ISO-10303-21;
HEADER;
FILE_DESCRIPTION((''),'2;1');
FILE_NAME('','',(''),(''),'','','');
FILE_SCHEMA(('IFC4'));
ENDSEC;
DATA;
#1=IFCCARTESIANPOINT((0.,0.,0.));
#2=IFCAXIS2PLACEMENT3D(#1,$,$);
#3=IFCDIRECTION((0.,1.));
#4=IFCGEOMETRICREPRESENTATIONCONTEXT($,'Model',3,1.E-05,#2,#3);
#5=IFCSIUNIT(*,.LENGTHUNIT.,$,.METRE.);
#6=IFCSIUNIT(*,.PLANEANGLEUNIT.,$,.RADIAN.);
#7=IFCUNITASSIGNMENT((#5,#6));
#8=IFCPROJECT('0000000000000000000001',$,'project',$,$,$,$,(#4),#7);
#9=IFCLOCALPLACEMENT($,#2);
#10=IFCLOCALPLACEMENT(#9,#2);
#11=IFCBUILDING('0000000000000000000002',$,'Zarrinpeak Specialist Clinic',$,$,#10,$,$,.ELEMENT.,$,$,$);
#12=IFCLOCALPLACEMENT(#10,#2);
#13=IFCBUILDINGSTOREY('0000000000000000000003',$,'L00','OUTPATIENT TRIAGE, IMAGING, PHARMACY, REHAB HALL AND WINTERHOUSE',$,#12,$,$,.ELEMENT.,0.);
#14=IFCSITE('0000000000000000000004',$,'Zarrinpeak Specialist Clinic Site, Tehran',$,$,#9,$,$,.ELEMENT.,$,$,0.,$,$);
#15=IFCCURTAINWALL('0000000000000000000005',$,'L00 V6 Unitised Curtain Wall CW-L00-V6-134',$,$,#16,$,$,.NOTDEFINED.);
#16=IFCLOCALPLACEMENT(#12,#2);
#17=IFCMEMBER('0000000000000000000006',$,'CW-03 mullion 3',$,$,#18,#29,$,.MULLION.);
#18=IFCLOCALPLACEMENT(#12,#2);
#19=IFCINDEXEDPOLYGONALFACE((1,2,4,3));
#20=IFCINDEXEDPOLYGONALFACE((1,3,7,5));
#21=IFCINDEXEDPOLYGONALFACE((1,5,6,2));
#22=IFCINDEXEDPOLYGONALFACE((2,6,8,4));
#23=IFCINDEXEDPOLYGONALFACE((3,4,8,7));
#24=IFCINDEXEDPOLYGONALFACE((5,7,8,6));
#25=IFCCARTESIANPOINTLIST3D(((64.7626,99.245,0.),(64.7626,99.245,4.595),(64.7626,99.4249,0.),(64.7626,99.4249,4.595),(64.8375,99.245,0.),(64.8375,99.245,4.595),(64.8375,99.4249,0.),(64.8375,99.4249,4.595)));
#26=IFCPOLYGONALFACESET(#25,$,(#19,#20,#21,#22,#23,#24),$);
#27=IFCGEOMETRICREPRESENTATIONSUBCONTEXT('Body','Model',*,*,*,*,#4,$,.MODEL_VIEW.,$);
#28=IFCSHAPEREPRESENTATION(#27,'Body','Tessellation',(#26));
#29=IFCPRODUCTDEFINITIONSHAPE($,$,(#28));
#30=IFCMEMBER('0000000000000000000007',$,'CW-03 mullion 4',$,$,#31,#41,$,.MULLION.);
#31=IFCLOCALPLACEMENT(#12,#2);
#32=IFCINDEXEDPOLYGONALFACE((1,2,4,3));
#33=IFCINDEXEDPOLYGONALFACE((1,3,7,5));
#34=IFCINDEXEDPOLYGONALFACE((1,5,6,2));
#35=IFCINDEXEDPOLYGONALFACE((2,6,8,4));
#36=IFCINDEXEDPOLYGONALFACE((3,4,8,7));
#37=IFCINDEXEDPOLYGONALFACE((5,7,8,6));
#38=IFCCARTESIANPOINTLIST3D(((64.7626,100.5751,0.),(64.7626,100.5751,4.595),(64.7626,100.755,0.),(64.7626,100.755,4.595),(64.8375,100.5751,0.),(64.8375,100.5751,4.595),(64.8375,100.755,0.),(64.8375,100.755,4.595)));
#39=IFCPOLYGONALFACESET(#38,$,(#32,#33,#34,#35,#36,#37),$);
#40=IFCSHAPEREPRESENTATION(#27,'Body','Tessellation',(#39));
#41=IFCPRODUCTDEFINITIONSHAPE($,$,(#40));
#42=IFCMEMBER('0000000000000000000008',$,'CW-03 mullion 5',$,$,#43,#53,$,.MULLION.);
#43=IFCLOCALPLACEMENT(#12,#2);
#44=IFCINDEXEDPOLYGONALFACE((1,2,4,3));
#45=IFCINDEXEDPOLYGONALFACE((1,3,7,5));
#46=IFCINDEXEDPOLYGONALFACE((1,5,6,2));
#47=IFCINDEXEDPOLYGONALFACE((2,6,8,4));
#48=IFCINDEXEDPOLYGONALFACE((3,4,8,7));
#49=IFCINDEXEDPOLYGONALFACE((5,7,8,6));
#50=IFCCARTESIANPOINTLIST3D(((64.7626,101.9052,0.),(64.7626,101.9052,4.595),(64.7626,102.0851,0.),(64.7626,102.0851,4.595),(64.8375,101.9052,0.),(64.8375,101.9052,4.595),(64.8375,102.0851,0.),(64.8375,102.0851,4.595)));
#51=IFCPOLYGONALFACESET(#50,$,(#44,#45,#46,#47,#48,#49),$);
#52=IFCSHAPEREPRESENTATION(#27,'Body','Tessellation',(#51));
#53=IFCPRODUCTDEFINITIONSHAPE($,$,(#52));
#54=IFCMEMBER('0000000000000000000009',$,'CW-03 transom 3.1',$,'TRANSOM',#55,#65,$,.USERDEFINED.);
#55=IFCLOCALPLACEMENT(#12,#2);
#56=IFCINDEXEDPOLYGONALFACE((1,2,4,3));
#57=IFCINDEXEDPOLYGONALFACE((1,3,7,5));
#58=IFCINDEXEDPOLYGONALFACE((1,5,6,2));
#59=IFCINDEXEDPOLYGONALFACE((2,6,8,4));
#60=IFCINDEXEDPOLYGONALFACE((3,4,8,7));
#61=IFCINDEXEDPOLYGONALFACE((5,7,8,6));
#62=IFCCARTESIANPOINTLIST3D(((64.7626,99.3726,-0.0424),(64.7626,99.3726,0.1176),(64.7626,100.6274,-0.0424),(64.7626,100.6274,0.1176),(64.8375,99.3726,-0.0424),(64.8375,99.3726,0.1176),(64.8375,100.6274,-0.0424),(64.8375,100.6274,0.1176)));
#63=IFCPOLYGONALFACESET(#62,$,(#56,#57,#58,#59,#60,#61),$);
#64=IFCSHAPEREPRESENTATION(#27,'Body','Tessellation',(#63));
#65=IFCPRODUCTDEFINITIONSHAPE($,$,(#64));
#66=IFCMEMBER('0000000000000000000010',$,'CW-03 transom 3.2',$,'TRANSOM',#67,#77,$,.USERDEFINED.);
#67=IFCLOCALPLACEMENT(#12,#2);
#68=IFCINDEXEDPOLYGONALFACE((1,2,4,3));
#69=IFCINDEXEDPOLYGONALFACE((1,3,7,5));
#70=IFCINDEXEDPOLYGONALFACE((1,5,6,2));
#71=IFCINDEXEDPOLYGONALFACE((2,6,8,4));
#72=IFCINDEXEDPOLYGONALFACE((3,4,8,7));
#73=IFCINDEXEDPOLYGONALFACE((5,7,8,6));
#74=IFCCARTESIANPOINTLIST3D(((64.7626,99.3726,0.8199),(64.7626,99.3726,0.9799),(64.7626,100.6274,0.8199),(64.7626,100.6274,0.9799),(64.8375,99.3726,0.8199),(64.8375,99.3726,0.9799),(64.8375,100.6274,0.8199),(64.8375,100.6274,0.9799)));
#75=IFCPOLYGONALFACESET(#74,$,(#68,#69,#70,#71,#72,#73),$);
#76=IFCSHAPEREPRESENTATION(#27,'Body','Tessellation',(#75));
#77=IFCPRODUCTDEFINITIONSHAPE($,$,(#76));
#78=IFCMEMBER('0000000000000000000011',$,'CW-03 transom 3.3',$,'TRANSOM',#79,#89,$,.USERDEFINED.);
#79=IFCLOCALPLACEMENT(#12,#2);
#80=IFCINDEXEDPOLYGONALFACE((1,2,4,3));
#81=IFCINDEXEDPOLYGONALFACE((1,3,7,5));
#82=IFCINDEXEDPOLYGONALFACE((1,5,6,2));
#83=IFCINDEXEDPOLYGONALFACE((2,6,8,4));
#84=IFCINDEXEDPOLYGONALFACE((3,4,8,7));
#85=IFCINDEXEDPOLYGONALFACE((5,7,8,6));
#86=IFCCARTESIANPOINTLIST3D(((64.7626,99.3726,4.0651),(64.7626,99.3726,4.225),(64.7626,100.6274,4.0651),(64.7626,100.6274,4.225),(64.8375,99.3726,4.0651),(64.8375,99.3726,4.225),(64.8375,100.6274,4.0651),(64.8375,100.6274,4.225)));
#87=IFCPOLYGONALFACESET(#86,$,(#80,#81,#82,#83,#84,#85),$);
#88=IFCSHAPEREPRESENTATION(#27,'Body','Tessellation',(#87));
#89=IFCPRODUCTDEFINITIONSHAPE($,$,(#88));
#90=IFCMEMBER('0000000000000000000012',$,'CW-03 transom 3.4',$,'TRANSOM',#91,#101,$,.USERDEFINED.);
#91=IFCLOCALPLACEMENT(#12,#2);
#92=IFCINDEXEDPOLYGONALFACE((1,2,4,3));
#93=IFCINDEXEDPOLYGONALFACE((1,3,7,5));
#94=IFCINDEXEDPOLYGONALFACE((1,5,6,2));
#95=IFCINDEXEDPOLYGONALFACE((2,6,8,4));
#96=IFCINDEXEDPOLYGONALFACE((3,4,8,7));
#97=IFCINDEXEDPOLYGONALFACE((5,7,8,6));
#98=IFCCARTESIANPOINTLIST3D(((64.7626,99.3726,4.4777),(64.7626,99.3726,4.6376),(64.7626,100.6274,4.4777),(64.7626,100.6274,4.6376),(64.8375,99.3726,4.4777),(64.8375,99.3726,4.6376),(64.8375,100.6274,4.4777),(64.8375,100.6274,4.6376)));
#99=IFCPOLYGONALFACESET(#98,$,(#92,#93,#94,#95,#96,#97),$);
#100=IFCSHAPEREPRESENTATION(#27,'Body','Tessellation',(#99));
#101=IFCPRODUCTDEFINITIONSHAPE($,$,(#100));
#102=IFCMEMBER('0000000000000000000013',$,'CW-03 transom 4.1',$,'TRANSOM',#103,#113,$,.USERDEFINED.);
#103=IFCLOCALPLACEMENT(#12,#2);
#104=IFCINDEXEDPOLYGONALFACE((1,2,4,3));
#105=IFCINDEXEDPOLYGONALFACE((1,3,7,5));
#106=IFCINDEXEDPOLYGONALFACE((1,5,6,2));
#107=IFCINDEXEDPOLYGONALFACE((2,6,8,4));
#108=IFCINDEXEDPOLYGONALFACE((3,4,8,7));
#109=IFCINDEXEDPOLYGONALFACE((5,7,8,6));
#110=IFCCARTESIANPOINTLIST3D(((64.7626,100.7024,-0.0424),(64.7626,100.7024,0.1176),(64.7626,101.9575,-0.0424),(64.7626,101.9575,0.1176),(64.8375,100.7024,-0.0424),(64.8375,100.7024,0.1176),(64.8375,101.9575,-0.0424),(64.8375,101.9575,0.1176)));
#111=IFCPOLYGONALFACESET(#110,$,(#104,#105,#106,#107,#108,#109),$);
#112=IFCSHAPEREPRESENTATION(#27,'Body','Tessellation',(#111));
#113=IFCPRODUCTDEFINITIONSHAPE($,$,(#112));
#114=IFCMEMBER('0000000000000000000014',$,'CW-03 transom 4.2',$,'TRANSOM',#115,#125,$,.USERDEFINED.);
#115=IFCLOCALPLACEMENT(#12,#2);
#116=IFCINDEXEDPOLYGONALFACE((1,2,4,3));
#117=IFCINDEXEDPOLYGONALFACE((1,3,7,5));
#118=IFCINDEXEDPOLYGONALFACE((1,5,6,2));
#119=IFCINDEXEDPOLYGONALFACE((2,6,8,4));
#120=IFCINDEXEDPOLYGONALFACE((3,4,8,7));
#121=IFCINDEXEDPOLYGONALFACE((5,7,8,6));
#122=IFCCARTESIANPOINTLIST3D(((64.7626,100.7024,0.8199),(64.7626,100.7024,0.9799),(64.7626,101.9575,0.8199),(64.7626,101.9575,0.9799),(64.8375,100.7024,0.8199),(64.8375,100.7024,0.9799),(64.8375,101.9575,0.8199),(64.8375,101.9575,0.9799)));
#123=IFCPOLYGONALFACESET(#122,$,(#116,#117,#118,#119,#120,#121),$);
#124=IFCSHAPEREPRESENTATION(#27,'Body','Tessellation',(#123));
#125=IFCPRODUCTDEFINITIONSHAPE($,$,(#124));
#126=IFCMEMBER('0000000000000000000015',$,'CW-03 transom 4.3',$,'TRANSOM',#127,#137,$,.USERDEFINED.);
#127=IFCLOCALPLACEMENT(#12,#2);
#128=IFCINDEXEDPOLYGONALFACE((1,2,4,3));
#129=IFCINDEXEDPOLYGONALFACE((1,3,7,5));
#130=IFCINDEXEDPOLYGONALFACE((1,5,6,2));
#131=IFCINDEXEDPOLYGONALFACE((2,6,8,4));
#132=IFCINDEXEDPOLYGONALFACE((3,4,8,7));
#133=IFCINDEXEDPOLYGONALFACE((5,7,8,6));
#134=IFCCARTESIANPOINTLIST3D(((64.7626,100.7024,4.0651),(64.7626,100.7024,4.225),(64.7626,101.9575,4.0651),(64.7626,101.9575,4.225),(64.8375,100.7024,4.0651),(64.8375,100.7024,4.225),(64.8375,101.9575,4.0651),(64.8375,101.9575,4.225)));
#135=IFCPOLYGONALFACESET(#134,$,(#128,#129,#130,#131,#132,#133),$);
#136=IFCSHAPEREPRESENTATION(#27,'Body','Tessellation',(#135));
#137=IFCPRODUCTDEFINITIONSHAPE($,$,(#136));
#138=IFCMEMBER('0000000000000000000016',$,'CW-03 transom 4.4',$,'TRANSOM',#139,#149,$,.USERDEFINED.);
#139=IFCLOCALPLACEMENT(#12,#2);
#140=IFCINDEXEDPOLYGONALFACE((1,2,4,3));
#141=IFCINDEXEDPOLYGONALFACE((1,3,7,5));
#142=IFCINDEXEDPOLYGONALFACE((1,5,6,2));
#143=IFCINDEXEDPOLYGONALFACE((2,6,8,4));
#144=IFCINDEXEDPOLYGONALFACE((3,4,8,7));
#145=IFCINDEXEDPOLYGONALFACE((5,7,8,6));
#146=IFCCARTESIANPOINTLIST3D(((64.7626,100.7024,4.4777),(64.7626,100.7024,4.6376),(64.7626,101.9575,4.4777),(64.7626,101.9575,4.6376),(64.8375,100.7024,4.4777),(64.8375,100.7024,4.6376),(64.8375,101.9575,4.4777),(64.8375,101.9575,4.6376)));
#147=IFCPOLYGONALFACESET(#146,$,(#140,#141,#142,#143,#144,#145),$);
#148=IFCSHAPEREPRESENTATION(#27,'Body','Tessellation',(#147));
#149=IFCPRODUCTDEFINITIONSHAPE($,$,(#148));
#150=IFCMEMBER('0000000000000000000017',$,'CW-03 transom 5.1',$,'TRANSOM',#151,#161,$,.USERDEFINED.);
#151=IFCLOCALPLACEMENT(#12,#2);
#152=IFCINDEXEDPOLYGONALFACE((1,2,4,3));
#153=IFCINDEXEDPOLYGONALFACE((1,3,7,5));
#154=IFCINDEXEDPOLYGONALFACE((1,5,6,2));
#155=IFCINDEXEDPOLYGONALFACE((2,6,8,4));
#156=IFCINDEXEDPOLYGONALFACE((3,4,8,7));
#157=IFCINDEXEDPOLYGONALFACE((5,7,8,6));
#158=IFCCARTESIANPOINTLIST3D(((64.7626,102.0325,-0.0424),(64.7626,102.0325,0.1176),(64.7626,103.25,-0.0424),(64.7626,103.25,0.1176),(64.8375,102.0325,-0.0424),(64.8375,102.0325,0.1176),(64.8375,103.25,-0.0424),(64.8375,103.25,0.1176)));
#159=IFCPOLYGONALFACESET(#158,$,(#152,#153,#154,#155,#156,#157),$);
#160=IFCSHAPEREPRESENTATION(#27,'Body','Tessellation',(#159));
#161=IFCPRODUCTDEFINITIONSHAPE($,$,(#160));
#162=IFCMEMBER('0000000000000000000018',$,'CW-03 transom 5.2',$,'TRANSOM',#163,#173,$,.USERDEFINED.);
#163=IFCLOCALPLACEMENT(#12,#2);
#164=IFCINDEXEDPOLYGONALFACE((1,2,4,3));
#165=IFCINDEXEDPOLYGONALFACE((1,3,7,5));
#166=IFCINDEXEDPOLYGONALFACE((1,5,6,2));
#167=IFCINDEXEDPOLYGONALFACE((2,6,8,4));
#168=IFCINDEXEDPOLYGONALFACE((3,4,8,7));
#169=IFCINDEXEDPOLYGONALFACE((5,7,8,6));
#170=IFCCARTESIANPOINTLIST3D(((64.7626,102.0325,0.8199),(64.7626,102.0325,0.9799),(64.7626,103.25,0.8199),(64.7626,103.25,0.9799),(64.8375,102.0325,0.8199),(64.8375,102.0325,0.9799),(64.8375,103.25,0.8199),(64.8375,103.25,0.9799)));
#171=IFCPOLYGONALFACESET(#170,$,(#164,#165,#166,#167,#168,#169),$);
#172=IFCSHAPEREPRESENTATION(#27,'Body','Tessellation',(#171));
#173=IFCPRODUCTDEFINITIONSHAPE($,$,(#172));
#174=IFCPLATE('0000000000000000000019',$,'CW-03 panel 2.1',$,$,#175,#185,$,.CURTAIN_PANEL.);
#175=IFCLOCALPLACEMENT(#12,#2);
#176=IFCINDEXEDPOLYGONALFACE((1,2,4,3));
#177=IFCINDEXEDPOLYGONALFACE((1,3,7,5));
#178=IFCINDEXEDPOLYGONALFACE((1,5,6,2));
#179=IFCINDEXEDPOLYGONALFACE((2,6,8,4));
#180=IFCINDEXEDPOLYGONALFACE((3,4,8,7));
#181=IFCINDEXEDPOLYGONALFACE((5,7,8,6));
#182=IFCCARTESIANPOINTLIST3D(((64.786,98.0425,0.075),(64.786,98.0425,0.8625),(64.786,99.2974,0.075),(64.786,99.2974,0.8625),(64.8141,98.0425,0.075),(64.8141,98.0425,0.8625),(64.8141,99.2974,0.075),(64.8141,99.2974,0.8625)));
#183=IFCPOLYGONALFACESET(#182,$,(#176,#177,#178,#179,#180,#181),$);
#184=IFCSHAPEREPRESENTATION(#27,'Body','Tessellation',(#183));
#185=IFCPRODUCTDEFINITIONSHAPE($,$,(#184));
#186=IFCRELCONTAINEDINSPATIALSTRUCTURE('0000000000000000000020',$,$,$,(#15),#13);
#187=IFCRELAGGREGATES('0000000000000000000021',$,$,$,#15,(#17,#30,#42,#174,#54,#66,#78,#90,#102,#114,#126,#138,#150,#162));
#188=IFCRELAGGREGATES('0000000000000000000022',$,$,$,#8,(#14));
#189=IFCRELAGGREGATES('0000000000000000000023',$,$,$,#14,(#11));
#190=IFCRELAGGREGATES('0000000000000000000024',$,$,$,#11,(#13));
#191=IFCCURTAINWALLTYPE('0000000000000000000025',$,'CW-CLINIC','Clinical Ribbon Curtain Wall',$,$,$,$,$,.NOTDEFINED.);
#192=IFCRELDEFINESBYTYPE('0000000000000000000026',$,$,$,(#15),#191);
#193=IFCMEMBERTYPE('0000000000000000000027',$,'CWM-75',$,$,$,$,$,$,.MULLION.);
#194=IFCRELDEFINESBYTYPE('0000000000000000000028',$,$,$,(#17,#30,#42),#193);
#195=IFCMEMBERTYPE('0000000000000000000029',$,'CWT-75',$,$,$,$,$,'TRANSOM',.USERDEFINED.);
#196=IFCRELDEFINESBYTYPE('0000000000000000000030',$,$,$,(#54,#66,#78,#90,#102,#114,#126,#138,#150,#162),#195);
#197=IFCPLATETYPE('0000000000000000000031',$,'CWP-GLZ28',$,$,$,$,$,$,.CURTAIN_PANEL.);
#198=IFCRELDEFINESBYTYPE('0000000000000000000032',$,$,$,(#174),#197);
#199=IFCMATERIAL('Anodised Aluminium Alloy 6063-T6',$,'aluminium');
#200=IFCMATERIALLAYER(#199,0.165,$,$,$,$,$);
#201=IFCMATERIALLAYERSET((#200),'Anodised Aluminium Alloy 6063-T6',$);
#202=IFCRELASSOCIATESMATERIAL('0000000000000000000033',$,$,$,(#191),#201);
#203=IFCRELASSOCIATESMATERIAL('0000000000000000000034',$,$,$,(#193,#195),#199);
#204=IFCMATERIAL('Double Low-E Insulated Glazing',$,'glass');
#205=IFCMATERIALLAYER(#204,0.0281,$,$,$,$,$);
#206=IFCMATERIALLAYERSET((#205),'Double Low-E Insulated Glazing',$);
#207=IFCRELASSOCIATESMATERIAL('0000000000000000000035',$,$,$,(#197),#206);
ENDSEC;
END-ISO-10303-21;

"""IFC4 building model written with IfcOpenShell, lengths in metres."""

from ifc_helpers import new_model, si_unit, direction, frame, origin, origin_2d, place, context, subcontext, project, spatial, rectangle, extrude, material, layer, layer_set, material_profile, profile_set, type_object, element, aggregate, save


model = new_model("IFC4")

# Units and contexts
model_context = context("Model", 3, precision=1e-05, world=origin(), true_north=direction((0.0, 1.0)))
body_context = subcontext(model_context, "Body", "Model", "MODEL_VIEW")
ifc_project = project(units=[si_unit("LENGTHUNIT", "METRE"), si_unit("PLANEANGLEUNIT", "RADIAN")], contexts=[model_context])

# Site, building, storey
site_placement = place(None, origin())
site = spatial("IfcSite", under=ifc_project, at=site_placement, Name="Zarrinpeak Specialist Clinic Site, Tehran", CompositionType="ELEMENT", RefElevation=0.0)
building_placement = place(site_placement, origin())
building = spatial("IfcBuilding", under=site, at=building_placement, Name="Zarrinpeak Specialist Clinic", CompositionType="ELEMENT")
storey_placement = place(building_placement, origin())
storey = spatial("IfcBuildingStorey", under=building, at=storey_placement, Name="L00", Description="OUTPATIENT TRIAGE, IMAGING, PHARMACY, REHAB HALL AND WINTERHOUSE", CompositionType="ELEMENT", Elevation=0.0)

# Curtain wall, members, plate
ifc_material_1 = material(Name="Anodised Aluminium Alloy 6063-T6", Category="aluminium")
ifc_layer_1 = layer(ifc_material_1, 0.165)
ifc_layer_set_1 = layer_set([ifc_layer_1], Name="Anodised Aluminium Alloy 6063-T6")
curtain_wall_type = type_object("IfcCurtainWallType", Name="CW-CLINIC", Description="Clinical Ribbon Curtain Wall", PredefinedType="NOTDEFINED", material=ifc_layer_set_1)
curtain_wall_placement = place(storey_placement, origin())
curtain_wall = element("IfcCurtainWall", 1, at=curtain_wall_placement, inside=storey, type_object=curtain_wall_type, Name="L00 V6 Unitised Curtain Wall CW-L00-V6-134", PredefinedType="NOTDEFINED")
ifc_material_profile_1 = material_profile(ifc_material_1, rectangle(XDim=0.075, YDim=0.1799, at=origin_2d()), Name="ALU 75x180")
ifc_profile_set_1 = profile_set([ifc_material_profile_1], Name="Anodised Aluminium Alloy 6063-T6")
member_type_1 = type_object("IfcMemberType", Name="CWM-75", PredefinedType="MULLION", material=ifc_profile_set_1)
member_1_placement = place(storey_placement, frame((64.8, 99.335, 0.0), z_axis=(0.0, 0.0, 1.0), x_axis=(-1.0, 0.0, 0.0)))
member_1 = element("IfcMember", 2, at=member_1_placement, type_object=member_type_1, Name="CW-03 mullion 3", PredefinedType="MULLION", context=body_context, shape_type="SweptSolid", body=[
    extrude(rectangle(XDim=0.075, YDim=0.1799, at=origin_2d()), origin(), (0.0, 0.0, 1.0), 4.595),
])
member_2_placement = place(storey_placement, frame((64.8, 100.665, 0.0), z_axis=(0.0, 0.0, 1.0), x_axis=(-1.0, 0.0, 0.0)))
member_2 = element("IfcMember", 3, at=member_2_placement, type_object=member_type_1, Name="CW-03 mullion 4", PredefinedType="MULLION", context=body_context, shape_type="SweptSolid", body=[
    extrude(rectangle(XDim=0.075, YDim=0.1799, at=origin_2d()), origin(), (0.0, 0.0, 1.0), 4.595),
])
member_3_placement = place(storey_placement, frame((64.8, 101.9951, 0.0), z_axis=(0.0, 0.0, 1.0), x_axis=(-1.0, 0.0, 0.0)))
member_3 = element("IfcMember", 4, at=member_3_placement, type_object=member_type_1, Name="CW-03 mullion 5", PredefinedType="MULLION", context=body_context, shape_type="SweptSolid", body=[
    extrude(rectangle(XDim=0.075, YDim=0.1799, at=origin_2d()), origin(), (0.0, 0.0, 1.0), 4.595),
])
ifc_material_profile_2 = material_profile(ifc_material_1, rectangle(XDim=0.075, YDim=0.1599, at=origin_2d()), Name="ALU 75x160")
ifc_profile_set_2 = profile_set([ifc_material_profile_2], Name="Anodised Aluminium Alloy 6063-T6")
member_type_2 = type_object("IfcMemberType", Name="CWT-75", ElementType="TRANSOM", PredefinedType="USERDEFINED", material=ifc_profile_set_2)
member_4_placement = place(storey_placement, frame((64.8, 99.3726, 0.0376), z_axis=(0.0, 1.0, 0.0), x_axis=(-1.0, 0.0, 0.0)))
member_4 = element("IfcMember", 5, at=member_4_placement, type_object=member_type_2, Name="CW-03 transom 3.1", ObjectType="TRANSOM", PredefinedType="USERDEFINED", context=body_context, shape_type="SweptSolid", body=[
    extrude(rectangle(XDim=0.075, YDim=0.1599, at=origin_2d()), origin(), (0.0, 0.0, 1.0), 1.2549),
])
member_5_placement = place(storey_placement, frame((64.8, 99.3726, 0.8999), z_axis=(0.0, 1.0, 0.0), x_axis=(-1.0, 0.0, 0.0)))
member_5 = element("IfcMember", 6, at=member_5_placement, type_object=member_type_2, Name="CW-03 transom 3.2", ObjectType="TRANSOM", PredefinedType="USERDEFINED", context=body_context, shape_type="SweptSolid", body=[
    extrude(rectangle(XDim=0.075, YDim=0.1599, at=origin_2d()), origin(), (0.0, 0.0, 1.0), 1.2549),
])
member_6_placement = place(storey_placement, frame((64.8, 99.3726, 4.145), z_axis=(0.0, 1.0, 0.0), x_axis=(-1.0, 0.0, 0.0)))
member_6 = element("IfcMember", 7, at=member_6_placement, type_object=member_type_2, Name="CW-03 transom 3.3", ObjectType="TRANSOM", PredefinedType="USERDEFINED", context=body_context, shape_type="SweptSolid", body=[
    extrude(rectangle(XDim=0.075, YDim=0.1599, at=origin_2d()), origin(), (0.0, 0.0, 1.0), 1.2549),
])
member_7_placement = place(storey_placement, frame((64.8, 99.3726, 4.5576), z_axis=(0.0, 1.0, 0.0), x_axis=(-1.0, 0.0, 0.0)))
member_7 = element("IfcMember", 8, at=member_7_placement, type_object=member_type_2, Name="CW-03 transom 3.4", ObjectType="TRANSOM", PredefinedType="USERDEFINED", context=body_context, shape_type="SweptSolid", body=[
    extrude(rectangle(XDim=0.075, YDim=0.1599, at=origin_2d()), origin(), (0.0, 0.0, 1.0), 1.2549),
])
member_8_placement = place(storey_placement, frame((64.8, 100.7024, 0.0376), z_axis=(0.0, 1.0, 0.0), x_axis=(-1.0, 0.0, 0.0)))
member_8 = element("IfcMember", 9, at=member_8_placement, type_object=member_type_2, Name="CW-03 transom 4.1", ObjectType="TRANSOM", PredefinedType="USERDEFINED", context=body_context, shape_type="SweptSolid", body=[
    extrude(rectangle(XDim=0.075, YDim=0.1599, at=origin_2d()), origin(), (0.0, 0.0, 1.0), 1.2551),
])
member_9_placement = place(storey_placement, frame((64.8, 100.7024, 0.8999), z_axis=(0.0, 1.0, 0.0), x_axis=(-1.0, 0.0, 0.0)))
member_9 = element("IfcMember", 10, at=member_9_placement, type_object=member_type_2, Name="CW-03 transom 4.2", ObjectType="TRANSOM", PredefinedType="USERDEFINED", context=body_context, shape_type="SweptSolid", body=[
    extrude(rectangle(XDim=0.075, YDim=0.1599, at=origin_2d()), origin(), (0.0, 0.0, 1.0), 1.2551),
])
member_10_placement = place(storey_placement, frame((64.8, 100.7024, 4.145), z_axis=(0.0, 1.0, 0.0), x_axis=(-1.0, 0.0, 0.0)))
member_10 = element("IfcMember", 11, at=member_10_placement, type_object=member_type_2, Name="CW-03 transom 4.3", ObjectType="TRANSOM", PredefinedType="USERDEFINED", context=body_context, shape_type="SweptSolid", body=[
    extrude(rectangle(XDim=0.075, YDim=0.1599, at=origin_2d()), origin(), (0.0, 0.0, 1.0), 1.2551),
])
member_11_placement = place(storey_placement, frame((64.8, 100.7024, 4.5576), z_axis=(0.0, 1.0, 0.0), x_axis=(-1.0, 0.0, 0.0)))
member_11 = element("IfcMember", 12, at=member_11_placement, type_object=member_type_2, Name="CW-03 transom 4.4", ObjectType="TRANSOM", PredefinedType="USERDEFINED", context=body_context, shape_type="SweptSolid", body=[
    extrude(rectangle(XDim=0.075, YDim=0.1599, at=origin_2d()), origin(), (0.0, 0.0, 1.0), 1.2551),
])
member_12_placement = place(storey_placement, frame((64.8, 102.0325, 0.0376), z_axis=(0.0, 1.0, 0.0), x_axis=(-1.0, 0.0, 0.0)))
member_12 = element("IfcMember", 13, at=member_12_placement, type_object=member_type_2, Name="CW-03 transom 5.1", ObjectType="TRANSOM", PredefinedType="USERDEFINED", context=body_context, shape_type="SweptSolid", body=[
    extrude(rectangle(XDim=0.075, YDim=0.1599, at=origin_2d()), origin(), (0.0, 0.0, 1.0), 1.2175),
])
member_13_placement = place(storey_placement, frame((64.8, 102.0325, 0.8999), z_axis=(0.0, 1.0, 0.0), x_axis=(-1.0, 0.0, 0.0)))
member_13 = element("IfcMember", 14, at=member_13_placement, type_object=member_type_2, Name="CW-03 transom 5.2", ObjectType="TRANSOM", PredefinedType="USERDEFINED", context=body_context, shape_type="SweptSolid", body=[
    extrude(rectangle(XDim=0.075, YDim=0.1599, at=origin_2d()), origin(), (0.0, 0.0, 1.0), 1.2175),
])
ifc_material_2 = material(Name="Double Low-E Insulated Glazing", Category="glass")
ifc_layer_2 = layer(ifc_material_2, 0.0281)
ifc_layer_set_2 = layer_set([ifc_layer_2], Name="Double Low-E Insulated Glazing")
plate_type = type_object("IfcPlateType", Name="CWP-GLZ28", PredefinedType="CURTAIN_PANEL", material=ifc_layer_set_2)
plate_1_placement = place(storey_placement, frame((64.8, 98.6699, 0.075), z_axis=(0.0, 0.0, 1.0), x_axis=(0.0, 1.0, 0.0)))
plate_1 = element("IfcPlate", 15, at=plate_1_placement, type_object=plate_type, Name="CW-03 panel 2.1", PredefinedType="CURTAIN_PANEL", context=body_context, shape_type="SweptSolid", body=[
    extrude(rectangle(XDim=1.2549, YDim=0.0281, at=origin_2d()), origin(), (0.0, 0.0, 1.0), 0.7876),
])
aggregate(curtain_wall, [member_1, member_2, member_3, plate_1, member_4, member_5, member_6, member_7, member_8, member_9, member_10, member_11, member_12, member_13])

save(model, "model.ifc")
